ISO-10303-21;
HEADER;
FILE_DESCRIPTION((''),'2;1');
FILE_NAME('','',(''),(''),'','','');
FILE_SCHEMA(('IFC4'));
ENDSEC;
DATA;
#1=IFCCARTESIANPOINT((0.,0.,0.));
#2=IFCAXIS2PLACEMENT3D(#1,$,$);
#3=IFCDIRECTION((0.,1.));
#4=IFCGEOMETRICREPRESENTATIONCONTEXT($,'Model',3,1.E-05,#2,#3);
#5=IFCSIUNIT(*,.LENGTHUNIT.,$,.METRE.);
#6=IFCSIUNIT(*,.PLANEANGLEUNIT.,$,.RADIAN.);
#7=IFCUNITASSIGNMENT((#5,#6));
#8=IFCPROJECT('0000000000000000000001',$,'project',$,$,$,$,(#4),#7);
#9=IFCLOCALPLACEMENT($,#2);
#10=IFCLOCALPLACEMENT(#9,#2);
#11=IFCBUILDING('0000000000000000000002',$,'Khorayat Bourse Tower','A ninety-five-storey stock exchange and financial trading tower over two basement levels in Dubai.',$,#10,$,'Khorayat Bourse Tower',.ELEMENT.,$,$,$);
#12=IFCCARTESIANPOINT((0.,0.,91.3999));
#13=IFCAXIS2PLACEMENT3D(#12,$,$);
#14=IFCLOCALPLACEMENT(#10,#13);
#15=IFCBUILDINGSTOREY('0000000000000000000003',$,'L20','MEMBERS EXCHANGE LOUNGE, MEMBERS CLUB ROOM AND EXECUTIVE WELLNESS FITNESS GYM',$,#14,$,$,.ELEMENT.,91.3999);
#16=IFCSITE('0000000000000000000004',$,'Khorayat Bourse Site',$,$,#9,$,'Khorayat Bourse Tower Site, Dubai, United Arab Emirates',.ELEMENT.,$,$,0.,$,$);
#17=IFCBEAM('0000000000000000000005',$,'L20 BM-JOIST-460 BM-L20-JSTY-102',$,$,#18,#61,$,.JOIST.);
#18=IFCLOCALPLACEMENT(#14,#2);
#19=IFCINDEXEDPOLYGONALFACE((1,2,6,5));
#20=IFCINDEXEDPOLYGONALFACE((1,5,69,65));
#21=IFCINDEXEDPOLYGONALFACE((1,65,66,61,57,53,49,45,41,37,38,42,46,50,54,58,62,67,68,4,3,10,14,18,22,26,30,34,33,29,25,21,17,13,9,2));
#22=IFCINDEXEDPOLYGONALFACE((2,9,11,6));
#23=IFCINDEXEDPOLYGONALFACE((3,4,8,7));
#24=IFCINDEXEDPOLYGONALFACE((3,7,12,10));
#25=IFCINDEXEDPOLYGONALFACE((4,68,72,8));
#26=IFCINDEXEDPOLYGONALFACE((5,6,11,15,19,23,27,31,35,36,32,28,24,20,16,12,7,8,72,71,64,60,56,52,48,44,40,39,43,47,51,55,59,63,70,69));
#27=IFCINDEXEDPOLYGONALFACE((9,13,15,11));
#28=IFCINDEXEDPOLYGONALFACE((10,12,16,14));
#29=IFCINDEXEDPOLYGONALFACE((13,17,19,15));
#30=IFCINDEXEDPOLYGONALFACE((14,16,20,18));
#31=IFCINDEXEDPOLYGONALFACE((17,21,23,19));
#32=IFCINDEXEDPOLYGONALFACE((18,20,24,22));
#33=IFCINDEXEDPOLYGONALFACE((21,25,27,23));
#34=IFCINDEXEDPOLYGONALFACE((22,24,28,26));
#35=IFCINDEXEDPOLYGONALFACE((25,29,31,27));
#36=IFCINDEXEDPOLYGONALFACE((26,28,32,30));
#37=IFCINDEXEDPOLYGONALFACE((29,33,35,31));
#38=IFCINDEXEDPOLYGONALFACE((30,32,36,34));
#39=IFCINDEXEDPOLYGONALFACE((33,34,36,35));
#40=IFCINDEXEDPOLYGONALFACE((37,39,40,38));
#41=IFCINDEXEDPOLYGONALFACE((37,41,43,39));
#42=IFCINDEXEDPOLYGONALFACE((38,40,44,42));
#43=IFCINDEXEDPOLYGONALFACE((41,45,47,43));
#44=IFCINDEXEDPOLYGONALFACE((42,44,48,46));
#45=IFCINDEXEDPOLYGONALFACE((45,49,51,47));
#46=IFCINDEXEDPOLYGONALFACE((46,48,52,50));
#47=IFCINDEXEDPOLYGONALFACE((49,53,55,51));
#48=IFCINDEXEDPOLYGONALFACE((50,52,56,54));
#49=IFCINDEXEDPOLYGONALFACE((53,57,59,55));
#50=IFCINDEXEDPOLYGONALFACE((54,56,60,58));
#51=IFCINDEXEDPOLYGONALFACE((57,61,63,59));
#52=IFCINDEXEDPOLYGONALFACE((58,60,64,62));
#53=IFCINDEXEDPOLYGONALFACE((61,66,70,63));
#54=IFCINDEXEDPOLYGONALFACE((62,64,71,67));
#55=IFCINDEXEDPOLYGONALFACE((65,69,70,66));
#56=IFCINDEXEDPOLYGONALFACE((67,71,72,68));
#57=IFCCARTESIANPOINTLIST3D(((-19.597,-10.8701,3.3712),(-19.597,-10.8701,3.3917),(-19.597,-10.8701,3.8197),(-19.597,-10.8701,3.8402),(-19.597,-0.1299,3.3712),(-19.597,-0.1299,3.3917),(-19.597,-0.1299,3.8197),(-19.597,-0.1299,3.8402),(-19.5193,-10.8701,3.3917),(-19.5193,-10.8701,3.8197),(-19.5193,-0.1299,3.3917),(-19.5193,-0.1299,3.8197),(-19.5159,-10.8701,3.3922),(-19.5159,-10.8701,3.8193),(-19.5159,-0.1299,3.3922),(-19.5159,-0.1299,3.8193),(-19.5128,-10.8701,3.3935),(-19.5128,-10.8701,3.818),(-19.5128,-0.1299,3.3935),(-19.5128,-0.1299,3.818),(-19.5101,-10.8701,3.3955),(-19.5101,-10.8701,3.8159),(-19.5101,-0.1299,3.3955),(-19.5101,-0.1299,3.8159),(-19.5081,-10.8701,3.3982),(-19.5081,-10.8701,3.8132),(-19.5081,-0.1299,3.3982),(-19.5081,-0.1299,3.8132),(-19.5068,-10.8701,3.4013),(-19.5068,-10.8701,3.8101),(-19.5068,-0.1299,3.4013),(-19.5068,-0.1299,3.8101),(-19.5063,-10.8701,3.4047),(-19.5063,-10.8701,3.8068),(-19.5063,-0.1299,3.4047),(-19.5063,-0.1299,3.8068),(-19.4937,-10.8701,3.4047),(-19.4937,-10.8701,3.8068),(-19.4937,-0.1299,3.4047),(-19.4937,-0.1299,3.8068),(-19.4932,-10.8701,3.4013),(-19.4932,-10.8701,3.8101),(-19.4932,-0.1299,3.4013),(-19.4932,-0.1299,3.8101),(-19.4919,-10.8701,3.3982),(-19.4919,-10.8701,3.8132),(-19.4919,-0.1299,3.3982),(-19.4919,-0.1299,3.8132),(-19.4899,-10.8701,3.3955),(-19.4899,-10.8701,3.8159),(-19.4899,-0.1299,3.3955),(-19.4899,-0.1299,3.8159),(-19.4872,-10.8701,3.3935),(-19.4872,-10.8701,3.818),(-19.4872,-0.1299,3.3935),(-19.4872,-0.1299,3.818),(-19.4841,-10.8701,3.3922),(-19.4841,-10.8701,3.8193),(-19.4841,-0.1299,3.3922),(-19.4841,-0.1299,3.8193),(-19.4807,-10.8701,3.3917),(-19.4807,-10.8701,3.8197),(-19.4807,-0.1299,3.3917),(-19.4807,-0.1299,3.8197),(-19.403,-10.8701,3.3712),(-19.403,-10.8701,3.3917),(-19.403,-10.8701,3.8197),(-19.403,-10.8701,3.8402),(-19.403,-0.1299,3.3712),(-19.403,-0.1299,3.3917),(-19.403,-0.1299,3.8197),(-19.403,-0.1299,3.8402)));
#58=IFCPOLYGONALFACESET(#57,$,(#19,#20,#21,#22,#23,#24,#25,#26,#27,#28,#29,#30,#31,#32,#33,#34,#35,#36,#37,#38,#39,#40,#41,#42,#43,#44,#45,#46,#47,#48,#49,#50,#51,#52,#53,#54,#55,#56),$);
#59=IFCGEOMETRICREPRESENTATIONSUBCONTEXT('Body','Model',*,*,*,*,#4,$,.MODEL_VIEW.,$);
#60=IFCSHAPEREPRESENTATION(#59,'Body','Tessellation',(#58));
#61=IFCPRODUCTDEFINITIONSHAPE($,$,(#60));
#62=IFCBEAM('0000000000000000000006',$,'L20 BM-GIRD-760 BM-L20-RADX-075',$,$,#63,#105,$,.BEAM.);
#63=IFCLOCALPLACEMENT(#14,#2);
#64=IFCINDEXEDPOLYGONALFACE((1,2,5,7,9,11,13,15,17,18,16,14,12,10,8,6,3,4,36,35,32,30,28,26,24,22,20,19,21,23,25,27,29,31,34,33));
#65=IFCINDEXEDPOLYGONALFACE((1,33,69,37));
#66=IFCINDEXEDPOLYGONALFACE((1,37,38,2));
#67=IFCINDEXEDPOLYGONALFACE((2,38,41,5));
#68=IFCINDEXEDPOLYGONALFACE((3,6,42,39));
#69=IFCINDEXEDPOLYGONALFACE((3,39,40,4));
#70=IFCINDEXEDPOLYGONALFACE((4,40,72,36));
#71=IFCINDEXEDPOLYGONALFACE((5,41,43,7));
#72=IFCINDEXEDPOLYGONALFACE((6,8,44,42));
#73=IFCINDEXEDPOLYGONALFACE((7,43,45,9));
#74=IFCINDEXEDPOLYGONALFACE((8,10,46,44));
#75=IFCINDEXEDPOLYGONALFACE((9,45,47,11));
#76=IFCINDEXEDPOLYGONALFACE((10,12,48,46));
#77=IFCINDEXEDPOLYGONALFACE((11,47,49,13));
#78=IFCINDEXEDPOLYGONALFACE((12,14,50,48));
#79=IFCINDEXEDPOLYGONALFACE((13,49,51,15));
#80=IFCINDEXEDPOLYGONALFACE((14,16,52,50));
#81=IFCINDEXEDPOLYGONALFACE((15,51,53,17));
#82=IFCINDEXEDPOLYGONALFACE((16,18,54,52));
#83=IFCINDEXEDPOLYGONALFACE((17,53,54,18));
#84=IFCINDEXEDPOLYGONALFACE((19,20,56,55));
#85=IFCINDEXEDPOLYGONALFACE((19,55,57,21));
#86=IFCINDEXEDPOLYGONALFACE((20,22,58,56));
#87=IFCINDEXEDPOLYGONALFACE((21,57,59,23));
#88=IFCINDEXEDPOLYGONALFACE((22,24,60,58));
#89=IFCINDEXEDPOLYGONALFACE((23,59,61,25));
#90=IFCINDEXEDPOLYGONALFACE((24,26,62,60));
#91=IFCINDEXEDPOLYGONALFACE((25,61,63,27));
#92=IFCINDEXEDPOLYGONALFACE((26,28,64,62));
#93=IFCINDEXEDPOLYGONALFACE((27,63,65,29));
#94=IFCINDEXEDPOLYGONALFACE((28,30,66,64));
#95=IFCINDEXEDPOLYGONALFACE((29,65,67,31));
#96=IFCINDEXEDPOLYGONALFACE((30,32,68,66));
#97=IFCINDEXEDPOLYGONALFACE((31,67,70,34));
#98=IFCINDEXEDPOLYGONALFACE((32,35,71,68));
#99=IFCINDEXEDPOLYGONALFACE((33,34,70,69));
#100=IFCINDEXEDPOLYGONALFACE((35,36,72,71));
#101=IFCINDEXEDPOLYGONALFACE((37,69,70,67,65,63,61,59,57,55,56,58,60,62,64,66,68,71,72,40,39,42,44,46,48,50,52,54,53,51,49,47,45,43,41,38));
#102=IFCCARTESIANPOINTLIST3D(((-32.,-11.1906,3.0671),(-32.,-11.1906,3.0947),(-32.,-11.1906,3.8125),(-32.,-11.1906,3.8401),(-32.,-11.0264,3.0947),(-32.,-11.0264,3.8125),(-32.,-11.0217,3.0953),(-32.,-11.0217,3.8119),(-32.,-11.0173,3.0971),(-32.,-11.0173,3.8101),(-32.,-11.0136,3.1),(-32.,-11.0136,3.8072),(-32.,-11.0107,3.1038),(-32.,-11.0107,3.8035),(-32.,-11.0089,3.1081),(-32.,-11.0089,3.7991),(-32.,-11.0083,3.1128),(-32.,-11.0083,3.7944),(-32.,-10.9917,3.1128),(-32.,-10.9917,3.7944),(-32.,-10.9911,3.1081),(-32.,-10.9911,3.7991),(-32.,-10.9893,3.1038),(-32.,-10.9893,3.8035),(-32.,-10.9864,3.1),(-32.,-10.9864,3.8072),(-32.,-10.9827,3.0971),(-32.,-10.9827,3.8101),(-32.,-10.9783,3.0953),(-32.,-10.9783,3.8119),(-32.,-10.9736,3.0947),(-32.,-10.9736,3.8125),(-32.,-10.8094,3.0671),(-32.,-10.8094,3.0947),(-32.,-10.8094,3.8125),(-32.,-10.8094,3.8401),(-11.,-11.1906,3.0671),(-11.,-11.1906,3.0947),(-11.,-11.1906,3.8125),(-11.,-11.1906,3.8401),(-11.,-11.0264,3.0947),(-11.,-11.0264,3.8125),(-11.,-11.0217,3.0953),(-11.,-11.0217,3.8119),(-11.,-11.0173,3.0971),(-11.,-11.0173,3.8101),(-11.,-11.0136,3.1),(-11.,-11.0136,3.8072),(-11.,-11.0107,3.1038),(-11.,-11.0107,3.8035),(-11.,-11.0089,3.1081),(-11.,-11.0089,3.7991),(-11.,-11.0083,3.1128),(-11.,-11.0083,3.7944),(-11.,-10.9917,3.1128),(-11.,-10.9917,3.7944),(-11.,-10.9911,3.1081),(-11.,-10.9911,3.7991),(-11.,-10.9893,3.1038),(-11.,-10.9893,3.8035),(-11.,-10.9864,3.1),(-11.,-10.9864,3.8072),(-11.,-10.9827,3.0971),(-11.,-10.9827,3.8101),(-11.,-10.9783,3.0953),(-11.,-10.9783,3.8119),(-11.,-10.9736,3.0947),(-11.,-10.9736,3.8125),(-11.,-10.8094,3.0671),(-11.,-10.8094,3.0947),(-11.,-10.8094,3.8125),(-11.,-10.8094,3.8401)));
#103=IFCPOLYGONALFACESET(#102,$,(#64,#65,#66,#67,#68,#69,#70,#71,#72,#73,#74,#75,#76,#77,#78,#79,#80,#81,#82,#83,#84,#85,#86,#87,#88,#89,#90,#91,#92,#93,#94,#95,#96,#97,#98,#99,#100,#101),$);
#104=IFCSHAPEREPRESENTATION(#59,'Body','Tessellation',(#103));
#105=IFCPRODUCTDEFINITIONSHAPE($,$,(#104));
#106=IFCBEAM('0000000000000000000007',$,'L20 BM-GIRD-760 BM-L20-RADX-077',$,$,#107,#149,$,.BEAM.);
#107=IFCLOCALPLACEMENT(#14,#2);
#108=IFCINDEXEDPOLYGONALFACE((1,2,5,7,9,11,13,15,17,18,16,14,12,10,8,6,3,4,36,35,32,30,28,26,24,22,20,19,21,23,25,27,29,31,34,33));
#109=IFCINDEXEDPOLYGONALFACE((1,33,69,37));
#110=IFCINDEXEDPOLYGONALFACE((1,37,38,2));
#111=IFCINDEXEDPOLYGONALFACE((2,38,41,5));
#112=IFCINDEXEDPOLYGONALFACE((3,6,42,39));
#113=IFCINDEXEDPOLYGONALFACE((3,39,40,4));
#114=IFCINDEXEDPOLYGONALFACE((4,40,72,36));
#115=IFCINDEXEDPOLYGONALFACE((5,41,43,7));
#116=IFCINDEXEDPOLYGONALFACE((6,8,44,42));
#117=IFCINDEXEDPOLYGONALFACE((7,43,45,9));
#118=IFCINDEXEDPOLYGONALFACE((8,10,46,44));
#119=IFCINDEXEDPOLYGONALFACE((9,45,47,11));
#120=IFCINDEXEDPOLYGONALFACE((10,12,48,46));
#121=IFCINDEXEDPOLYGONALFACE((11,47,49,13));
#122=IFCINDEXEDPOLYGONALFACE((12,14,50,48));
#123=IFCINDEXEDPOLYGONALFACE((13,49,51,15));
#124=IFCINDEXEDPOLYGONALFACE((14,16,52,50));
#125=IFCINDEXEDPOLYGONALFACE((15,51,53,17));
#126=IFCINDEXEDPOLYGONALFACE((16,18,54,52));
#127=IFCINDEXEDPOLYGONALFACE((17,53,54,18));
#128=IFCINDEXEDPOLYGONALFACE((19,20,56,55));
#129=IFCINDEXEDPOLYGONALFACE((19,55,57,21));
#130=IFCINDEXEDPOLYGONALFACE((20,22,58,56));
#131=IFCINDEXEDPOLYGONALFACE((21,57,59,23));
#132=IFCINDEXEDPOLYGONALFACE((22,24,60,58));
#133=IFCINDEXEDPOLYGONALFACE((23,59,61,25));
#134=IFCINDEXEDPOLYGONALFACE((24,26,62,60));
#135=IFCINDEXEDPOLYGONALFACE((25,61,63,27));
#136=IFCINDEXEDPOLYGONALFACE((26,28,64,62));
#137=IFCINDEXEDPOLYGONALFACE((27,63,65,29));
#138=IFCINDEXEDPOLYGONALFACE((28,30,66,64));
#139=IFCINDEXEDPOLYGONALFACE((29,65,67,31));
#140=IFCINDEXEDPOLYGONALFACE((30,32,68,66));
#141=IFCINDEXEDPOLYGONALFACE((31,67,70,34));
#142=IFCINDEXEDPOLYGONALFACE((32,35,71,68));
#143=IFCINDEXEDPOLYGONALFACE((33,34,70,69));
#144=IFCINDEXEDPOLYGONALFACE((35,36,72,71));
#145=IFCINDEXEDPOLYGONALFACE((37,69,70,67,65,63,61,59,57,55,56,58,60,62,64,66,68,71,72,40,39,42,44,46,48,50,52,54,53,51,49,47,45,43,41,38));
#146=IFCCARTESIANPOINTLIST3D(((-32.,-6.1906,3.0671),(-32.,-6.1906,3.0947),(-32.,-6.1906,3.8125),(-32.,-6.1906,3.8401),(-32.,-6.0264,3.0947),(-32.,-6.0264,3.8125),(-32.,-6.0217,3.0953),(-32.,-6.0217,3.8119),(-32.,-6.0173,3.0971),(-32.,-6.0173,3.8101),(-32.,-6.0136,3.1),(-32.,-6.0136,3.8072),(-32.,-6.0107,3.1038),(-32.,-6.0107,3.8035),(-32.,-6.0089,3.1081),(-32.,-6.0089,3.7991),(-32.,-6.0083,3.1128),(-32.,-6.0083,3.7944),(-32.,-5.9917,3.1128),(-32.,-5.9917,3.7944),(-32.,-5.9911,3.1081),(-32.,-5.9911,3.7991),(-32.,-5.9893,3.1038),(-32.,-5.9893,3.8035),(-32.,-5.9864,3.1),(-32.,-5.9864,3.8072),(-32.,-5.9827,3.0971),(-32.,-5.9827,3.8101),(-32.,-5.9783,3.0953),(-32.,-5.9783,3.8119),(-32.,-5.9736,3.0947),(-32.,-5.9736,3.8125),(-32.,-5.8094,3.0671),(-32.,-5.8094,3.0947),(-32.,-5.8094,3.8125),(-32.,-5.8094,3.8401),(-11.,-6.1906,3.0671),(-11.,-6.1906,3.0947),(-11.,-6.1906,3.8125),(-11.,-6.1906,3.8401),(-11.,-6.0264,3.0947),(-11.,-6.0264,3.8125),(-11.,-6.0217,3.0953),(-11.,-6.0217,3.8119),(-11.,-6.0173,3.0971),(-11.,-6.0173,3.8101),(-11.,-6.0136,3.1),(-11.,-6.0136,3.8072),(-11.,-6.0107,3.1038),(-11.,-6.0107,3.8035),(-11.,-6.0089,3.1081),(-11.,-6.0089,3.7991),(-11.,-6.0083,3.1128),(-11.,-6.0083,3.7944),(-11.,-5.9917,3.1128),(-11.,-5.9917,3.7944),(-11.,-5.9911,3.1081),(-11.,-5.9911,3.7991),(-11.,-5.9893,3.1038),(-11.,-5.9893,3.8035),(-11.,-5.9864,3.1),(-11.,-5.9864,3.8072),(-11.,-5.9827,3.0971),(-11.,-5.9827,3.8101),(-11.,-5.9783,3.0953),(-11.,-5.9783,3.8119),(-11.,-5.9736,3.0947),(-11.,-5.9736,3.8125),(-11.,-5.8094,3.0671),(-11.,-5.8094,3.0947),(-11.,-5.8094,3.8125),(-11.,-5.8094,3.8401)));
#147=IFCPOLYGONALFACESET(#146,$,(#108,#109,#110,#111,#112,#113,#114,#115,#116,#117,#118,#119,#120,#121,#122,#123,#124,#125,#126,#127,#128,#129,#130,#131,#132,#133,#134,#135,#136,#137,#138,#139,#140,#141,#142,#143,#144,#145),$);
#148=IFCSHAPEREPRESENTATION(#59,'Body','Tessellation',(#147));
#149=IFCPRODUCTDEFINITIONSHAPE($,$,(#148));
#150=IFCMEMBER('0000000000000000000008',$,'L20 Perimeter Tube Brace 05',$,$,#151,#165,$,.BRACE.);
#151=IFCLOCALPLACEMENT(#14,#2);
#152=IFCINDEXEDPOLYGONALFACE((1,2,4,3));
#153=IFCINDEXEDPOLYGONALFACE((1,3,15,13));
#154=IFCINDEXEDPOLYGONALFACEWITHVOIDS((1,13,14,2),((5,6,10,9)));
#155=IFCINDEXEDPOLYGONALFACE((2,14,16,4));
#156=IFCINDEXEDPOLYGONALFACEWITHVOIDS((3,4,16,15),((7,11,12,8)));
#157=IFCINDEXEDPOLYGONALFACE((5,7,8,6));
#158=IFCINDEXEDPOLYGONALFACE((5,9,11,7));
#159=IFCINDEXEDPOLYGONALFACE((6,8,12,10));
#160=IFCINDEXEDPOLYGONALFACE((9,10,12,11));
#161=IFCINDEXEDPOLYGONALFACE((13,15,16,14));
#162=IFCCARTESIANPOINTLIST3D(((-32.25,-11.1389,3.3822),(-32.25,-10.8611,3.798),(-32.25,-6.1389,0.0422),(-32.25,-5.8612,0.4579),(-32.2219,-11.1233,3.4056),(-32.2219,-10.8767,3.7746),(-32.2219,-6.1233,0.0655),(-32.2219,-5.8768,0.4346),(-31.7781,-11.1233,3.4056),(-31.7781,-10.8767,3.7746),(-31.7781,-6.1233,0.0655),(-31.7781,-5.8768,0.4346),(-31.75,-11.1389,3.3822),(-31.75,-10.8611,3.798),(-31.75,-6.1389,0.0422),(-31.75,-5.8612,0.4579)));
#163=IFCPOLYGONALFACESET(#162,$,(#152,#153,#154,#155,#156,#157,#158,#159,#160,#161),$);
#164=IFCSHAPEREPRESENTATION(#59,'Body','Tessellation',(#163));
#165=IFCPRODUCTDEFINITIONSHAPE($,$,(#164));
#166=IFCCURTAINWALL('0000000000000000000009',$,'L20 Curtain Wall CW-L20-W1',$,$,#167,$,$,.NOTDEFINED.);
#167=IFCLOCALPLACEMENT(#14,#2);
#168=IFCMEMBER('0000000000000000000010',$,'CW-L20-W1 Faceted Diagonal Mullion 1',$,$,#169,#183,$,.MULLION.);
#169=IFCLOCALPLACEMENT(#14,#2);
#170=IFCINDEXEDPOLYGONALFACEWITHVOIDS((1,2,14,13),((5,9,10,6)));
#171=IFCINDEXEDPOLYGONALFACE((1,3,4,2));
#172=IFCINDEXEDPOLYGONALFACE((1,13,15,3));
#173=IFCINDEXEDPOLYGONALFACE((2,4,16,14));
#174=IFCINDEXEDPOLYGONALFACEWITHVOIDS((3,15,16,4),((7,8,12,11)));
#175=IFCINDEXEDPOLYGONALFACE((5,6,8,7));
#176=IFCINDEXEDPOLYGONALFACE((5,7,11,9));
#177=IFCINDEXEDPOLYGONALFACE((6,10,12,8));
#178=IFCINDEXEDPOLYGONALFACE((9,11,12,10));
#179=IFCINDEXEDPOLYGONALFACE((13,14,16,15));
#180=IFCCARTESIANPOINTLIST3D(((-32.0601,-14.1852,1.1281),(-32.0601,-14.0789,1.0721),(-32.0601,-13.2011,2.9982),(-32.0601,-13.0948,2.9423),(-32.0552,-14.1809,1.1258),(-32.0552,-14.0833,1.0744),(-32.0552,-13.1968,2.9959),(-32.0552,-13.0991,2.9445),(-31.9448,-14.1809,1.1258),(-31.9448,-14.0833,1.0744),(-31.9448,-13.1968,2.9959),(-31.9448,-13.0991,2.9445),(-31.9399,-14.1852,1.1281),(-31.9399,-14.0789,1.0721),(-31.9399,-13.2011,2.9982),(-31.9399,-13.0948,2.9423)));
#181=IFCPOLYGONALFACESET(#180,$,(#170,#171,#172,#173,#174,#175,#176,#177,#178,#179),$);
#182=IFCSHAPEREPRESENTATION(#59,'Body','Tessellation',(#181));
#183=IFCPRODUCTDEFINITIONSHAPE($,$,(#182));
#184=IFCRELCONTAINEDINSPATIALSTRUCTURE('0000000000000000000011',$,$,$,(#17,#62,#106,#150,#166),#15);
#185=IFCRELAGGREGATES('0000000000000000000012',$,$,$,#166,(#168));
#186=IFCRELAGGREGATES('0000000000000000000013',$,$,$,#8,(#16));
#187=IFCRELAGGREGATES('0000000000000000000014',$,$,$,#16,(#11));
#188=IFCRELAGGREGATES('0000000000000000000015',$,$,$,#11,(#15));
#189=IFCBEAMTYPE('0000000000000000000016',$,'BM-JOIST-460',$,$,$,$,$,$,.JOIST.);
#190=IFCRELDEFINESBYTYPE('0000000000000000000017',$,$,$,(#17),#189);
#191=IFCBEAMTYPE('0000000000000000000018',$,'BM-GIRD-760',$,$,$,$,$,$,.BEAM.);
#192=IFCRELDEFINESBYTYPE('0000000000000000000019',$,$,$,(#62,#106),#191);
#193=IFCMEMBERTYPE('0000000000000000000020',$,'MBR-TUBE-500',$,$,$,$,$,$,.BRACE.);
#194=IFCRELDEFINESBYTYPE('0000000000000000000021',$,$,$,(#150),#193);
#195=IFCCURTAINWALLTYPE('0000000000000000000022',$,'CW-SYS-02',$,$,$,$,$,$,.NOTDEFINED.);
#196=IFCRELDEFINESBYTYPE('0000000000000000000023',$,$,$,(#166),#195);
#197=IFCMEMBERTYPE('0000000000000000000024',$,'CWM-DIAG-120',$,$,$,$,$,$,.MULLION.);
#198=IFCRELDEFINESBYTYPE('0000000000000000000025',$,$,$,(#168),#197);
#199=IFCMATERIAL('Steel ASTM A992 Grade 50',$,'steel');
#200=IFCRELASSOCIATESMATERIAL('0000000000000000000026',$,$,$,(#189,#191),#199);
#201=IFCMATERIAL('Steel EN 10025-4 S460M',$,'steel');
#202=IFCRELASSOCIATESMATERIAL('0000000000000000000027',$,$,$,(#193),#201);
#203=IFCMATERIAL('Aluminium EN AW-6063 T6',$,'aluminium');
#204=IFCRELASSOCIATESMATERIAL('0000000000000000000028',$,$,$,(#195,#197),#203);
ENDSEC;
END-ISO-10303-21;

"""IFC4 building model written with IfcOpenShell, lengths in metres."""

from ifc_helpers import new_model, si_unit, direction, frame, origin, origin_2d, place, context, subcontext, project, spatial, hollow_rectangle, i_section, extrude, source, transform, mapped, material, material_profile, profile_set, type_object, element, aggregate, save


model = new_model("IFC4")

# Units and contexts
model_context = context("Model", 3, precision=1e-05, world=origin(), true_north=direction((0.0, 1.0)))
body_context = subcontext(model_context, "Body", "Model", "MODEL_VIEW")
ifc_project = project(units=[si_unit("LENGTHUNIT", "METRE"), si_unit("PLANEANGLEUNIT", "RADIAN")], contexts=[model_context])

# Site, building, storey
site_placement = place(None, origin())
site = spatial("IfcSite", under=ifc_project, at=site_placement, Name="Khorayat Bourse Site", LongName="Khorayat Bourse Tower Site, Dubai, United Arab Emirates", CompositionType="ELEMENT", RefElevation=0.0)
building_placement = place(site_placement, origin())
building = spatial("IfcBuilding", under=site, at=building_placement, Name="Khorayat Bourse Tower", Description="A ninety-five-storey stock exchange and financial trading tower over two basement levels in Dubai.", LongName="Khorayat Bourse Tower", CompositionType="ELEMENT")
storey_placement = place(building_placement, frame((0.0, 0.0, 91.3999)))
storey = spatial("IfcBuildingStorey", under=building, at=storey_placement, Name="L20", Description="MEMBERS EXCHANGE LOUNGE, MEMBERS CLUB ROOM AND EXECUTIVE WELLNESS FITNESS GYM", CompositionType="ELEMENT", Elevation=91.3999)

# Shared definitions
ifc_material_1 = material(Name="Steel EN 10025-4 S460M", Category="steel")

# Beams
ifc_material_2 = material(Name="Steel ASTM A992 Grade 50", Category="steel")
ifc_material_profile_1 = material_profile(ifc_material_2, i_section(OverallWidth=0.1941, OverallDepth=0.469, WebThickness=0.0127, FlangeThickness=0.0205, FilletRadius=0.0129, at=origin_2d()), Name="W460X106")
ifc_profile_set_1 = profile_set([ifc_material_profile_1], Name="Steel ASTM A992 Grade 50")
beam_type_1 = type_object("IfcBeamType", Name="BM-JOIST-460", PredefinedType="JOIST", material=ifc_profile_set_1)
shared_shape_1 = source(origin(), body_context, "Body", "SweptSolid", [
    extrude(i_section(OverallWidth=0.1941, OverallDepth=0.469, WebThickness=0.0127, FlangeThickness=0.0205, FilletRadius=0.0129, at=origin_2d()), origin(), (0.0, 0.0, 1.0), 10.7402),
])
beam_1_placement = place(storey_placement, frame((-19.5, -10.8701, 3.6057), z_axis=(0.0, 1.0, 0.0), x_axis=(-1.0, 0.0, 0.0)))
element("IfcBeam", 1, at=beam_1_placement, inside=storey, type_object=beam_type_1, Name="L20 BM-JOIST-460 BM-L20-JSTY-102", PredefinedType="JOIST", context=body_context, shape_type="MappedRepresentation", body=[
    mapped(shared_shape_1, transform((0.0, 0.0, 0.0), scale=1.0)),
])
ifc_material_profile_2 = material_profile(ifc_material_2, i_section(OverallWidth=0.3811, OverallDepth=0.7729, WebThickness=0.0166, FlangeThickness=0.0276, FilletRadius=0.0181, at=origin_2d()), Name="W760X257")
ifc_profile_set_2 = profile_set([ifc_material_profile_2], Name="Steel ASTM A992 Grade 50")
beam_type_2 = type_object("IfcBeamType", Name="BM-GIRD-760", PredefinedType="BEAM", material=ifc_profile_set_2)
shared_shape_2 = source(origin(), body_context, "Body", "SweptSolid", [
    extrude(i_section(OverallWidth=0.3811, OverallDepth=0.7729, WebThickness=0.0166, FlangeThickness=0.0276, FilletRadius=0.0181, at=origin_2d()), origin(), (0.0, 0.0, 1.0), 21.0),
])
for number, where, z_axis, x_axis, name in (
    (2, (-32.0, -11.0, 3.4536), (1.0, 0.0, 0.0), (0.0, 1.0, 0.0), "L20 BM-GIRD-760 BM-L20-RADX-075"),
    (3, (-32.0, -6.0, 3.4536), (1.0, 0.0, 0.0), (0.0, 1.0, 0.0), "L20 BM-GIRD-760 BM-L20-RADX-077"),
):
    element("IfcBeam", number, at=place(storey_placement, frame(where, z_axis=z_axis, x_axis=x_axis)), inside=storey, type_object=beam_type_2, Name=name, PredefinedType="BEAM", context=body_context, shape_type="MappedRepresentation", body=[
        mapped(shared_shape_2, transform((0.0, 0.0, 0.0), scale=1.0)),
    ])

# Member
ifc_material_profile_3 = material_profile(ifc_material_1, hollow_rectangle(XDim=0.5, YDim=0.5, WallThickness=0.0281, at=origin_2d()), Name="HSS 500x500x28")
ifc_profile_set_3 = profile_set([ifc_material_profile_3], Name="Steel EN 10025-4 S460M")
member_type_1 = type_object("IfcMemberType", Name="MBR-TUBE-500", PredefinedType="BRACE", material=ifc_profile_set_3)
shared_shape_3 = source(origin(), body_context, "Body", "SweptSolid", [
    extrude(hollow_rectangle(XDim=0.5, YDim=0.5, WallThickness=0.0281, at=origin_2d()), origin(), (0.0, 0.0, 1.0), 6.0129),
])
member_1_placement = place(storey_placement, frame((-32.0, -11.0, 3.5901), z_axis=(0.0, 0.831531, -0.555478), x_axis=(-1.0, 0.0, 0.0)))
element("IfcMember", 4, at=member_1_placement, inside=storey, type_object=member_type_1, Name="L20 Perimeter Tube Brace 05", PredefinedType="BRACE", context=body_context, shape_type="MappedRepresentation", body=[
    mapped(shared_shape_3, transform((0.0, 0.0, 0.0), scale=1.0)),
])

# Curtain wall, member
ifc_material_3 = material(Name="Aluminium EN AW-6063 T6", Category="aluminium")
curtain_wall_type = type_object("IfcCurtainWallType", Name="CW-SYS-02", PredefinedType="NOTDEFINED", material=ifc_material_3)
curtain_wall_placement = place(storey_placement, origin())
curtain_wall = element("IfcCurtainWall", 5, at=curtain_wall_placement, inside=storey, type_object=curtain_wall_type, Name="L20 Curtain Wall CW-L20-W1", PredefinedType="NOTDEFINED")
ifc_material_profile_4 = material_profile(ifc_material_3, hollow_rectangle(XDim=0.1201, YDim=0.1201, WallThickness=0.0049, at=origin_2d()), Name="ALU 120x120x5")
ifc_profile_set_4 = profile_set([ifc_material_profile_4], Name="Aluminium EN AW-6063 T6")
member_type_2 = type_object("IfcMemberType", Name="CWM-DIAG-120", PredefinedType="MULLION", material=ifc_profile_set_4)
shared_shape_4 = source(origin(), body_context, "Body", "SweptSolid", [
    extrude(hollow_rectangle(XDim=0.1201, YDim=0.1201, WallThickness=0.0049, at=origin_2d()), origin(), (0.0, 0.0, 1.0), 2.1133),
])
member_2_placement = place(storey_placement, frame((-32.0, -14.1321, 1.1001), z_axis=(0.0, 0.465694, 0.884946), x_axis=(-1.0, 0.0, 0.0)))
member_2 = element("IfcMember", 6, at=member_2_placement, type_object=member_type_2, Name="CW-L20-W1 Faceted Diagonal Mullion 1", PredefinedType="MULLION", context=body_context, shape_type="MappedRepresentation", body=[
    mapped(shared_shape_4, transform((0.0, 0.0, 0.0), scale=1.0)),
])

aggregate(curtain_wall, [member_2])

save(model, "model.ifc")
